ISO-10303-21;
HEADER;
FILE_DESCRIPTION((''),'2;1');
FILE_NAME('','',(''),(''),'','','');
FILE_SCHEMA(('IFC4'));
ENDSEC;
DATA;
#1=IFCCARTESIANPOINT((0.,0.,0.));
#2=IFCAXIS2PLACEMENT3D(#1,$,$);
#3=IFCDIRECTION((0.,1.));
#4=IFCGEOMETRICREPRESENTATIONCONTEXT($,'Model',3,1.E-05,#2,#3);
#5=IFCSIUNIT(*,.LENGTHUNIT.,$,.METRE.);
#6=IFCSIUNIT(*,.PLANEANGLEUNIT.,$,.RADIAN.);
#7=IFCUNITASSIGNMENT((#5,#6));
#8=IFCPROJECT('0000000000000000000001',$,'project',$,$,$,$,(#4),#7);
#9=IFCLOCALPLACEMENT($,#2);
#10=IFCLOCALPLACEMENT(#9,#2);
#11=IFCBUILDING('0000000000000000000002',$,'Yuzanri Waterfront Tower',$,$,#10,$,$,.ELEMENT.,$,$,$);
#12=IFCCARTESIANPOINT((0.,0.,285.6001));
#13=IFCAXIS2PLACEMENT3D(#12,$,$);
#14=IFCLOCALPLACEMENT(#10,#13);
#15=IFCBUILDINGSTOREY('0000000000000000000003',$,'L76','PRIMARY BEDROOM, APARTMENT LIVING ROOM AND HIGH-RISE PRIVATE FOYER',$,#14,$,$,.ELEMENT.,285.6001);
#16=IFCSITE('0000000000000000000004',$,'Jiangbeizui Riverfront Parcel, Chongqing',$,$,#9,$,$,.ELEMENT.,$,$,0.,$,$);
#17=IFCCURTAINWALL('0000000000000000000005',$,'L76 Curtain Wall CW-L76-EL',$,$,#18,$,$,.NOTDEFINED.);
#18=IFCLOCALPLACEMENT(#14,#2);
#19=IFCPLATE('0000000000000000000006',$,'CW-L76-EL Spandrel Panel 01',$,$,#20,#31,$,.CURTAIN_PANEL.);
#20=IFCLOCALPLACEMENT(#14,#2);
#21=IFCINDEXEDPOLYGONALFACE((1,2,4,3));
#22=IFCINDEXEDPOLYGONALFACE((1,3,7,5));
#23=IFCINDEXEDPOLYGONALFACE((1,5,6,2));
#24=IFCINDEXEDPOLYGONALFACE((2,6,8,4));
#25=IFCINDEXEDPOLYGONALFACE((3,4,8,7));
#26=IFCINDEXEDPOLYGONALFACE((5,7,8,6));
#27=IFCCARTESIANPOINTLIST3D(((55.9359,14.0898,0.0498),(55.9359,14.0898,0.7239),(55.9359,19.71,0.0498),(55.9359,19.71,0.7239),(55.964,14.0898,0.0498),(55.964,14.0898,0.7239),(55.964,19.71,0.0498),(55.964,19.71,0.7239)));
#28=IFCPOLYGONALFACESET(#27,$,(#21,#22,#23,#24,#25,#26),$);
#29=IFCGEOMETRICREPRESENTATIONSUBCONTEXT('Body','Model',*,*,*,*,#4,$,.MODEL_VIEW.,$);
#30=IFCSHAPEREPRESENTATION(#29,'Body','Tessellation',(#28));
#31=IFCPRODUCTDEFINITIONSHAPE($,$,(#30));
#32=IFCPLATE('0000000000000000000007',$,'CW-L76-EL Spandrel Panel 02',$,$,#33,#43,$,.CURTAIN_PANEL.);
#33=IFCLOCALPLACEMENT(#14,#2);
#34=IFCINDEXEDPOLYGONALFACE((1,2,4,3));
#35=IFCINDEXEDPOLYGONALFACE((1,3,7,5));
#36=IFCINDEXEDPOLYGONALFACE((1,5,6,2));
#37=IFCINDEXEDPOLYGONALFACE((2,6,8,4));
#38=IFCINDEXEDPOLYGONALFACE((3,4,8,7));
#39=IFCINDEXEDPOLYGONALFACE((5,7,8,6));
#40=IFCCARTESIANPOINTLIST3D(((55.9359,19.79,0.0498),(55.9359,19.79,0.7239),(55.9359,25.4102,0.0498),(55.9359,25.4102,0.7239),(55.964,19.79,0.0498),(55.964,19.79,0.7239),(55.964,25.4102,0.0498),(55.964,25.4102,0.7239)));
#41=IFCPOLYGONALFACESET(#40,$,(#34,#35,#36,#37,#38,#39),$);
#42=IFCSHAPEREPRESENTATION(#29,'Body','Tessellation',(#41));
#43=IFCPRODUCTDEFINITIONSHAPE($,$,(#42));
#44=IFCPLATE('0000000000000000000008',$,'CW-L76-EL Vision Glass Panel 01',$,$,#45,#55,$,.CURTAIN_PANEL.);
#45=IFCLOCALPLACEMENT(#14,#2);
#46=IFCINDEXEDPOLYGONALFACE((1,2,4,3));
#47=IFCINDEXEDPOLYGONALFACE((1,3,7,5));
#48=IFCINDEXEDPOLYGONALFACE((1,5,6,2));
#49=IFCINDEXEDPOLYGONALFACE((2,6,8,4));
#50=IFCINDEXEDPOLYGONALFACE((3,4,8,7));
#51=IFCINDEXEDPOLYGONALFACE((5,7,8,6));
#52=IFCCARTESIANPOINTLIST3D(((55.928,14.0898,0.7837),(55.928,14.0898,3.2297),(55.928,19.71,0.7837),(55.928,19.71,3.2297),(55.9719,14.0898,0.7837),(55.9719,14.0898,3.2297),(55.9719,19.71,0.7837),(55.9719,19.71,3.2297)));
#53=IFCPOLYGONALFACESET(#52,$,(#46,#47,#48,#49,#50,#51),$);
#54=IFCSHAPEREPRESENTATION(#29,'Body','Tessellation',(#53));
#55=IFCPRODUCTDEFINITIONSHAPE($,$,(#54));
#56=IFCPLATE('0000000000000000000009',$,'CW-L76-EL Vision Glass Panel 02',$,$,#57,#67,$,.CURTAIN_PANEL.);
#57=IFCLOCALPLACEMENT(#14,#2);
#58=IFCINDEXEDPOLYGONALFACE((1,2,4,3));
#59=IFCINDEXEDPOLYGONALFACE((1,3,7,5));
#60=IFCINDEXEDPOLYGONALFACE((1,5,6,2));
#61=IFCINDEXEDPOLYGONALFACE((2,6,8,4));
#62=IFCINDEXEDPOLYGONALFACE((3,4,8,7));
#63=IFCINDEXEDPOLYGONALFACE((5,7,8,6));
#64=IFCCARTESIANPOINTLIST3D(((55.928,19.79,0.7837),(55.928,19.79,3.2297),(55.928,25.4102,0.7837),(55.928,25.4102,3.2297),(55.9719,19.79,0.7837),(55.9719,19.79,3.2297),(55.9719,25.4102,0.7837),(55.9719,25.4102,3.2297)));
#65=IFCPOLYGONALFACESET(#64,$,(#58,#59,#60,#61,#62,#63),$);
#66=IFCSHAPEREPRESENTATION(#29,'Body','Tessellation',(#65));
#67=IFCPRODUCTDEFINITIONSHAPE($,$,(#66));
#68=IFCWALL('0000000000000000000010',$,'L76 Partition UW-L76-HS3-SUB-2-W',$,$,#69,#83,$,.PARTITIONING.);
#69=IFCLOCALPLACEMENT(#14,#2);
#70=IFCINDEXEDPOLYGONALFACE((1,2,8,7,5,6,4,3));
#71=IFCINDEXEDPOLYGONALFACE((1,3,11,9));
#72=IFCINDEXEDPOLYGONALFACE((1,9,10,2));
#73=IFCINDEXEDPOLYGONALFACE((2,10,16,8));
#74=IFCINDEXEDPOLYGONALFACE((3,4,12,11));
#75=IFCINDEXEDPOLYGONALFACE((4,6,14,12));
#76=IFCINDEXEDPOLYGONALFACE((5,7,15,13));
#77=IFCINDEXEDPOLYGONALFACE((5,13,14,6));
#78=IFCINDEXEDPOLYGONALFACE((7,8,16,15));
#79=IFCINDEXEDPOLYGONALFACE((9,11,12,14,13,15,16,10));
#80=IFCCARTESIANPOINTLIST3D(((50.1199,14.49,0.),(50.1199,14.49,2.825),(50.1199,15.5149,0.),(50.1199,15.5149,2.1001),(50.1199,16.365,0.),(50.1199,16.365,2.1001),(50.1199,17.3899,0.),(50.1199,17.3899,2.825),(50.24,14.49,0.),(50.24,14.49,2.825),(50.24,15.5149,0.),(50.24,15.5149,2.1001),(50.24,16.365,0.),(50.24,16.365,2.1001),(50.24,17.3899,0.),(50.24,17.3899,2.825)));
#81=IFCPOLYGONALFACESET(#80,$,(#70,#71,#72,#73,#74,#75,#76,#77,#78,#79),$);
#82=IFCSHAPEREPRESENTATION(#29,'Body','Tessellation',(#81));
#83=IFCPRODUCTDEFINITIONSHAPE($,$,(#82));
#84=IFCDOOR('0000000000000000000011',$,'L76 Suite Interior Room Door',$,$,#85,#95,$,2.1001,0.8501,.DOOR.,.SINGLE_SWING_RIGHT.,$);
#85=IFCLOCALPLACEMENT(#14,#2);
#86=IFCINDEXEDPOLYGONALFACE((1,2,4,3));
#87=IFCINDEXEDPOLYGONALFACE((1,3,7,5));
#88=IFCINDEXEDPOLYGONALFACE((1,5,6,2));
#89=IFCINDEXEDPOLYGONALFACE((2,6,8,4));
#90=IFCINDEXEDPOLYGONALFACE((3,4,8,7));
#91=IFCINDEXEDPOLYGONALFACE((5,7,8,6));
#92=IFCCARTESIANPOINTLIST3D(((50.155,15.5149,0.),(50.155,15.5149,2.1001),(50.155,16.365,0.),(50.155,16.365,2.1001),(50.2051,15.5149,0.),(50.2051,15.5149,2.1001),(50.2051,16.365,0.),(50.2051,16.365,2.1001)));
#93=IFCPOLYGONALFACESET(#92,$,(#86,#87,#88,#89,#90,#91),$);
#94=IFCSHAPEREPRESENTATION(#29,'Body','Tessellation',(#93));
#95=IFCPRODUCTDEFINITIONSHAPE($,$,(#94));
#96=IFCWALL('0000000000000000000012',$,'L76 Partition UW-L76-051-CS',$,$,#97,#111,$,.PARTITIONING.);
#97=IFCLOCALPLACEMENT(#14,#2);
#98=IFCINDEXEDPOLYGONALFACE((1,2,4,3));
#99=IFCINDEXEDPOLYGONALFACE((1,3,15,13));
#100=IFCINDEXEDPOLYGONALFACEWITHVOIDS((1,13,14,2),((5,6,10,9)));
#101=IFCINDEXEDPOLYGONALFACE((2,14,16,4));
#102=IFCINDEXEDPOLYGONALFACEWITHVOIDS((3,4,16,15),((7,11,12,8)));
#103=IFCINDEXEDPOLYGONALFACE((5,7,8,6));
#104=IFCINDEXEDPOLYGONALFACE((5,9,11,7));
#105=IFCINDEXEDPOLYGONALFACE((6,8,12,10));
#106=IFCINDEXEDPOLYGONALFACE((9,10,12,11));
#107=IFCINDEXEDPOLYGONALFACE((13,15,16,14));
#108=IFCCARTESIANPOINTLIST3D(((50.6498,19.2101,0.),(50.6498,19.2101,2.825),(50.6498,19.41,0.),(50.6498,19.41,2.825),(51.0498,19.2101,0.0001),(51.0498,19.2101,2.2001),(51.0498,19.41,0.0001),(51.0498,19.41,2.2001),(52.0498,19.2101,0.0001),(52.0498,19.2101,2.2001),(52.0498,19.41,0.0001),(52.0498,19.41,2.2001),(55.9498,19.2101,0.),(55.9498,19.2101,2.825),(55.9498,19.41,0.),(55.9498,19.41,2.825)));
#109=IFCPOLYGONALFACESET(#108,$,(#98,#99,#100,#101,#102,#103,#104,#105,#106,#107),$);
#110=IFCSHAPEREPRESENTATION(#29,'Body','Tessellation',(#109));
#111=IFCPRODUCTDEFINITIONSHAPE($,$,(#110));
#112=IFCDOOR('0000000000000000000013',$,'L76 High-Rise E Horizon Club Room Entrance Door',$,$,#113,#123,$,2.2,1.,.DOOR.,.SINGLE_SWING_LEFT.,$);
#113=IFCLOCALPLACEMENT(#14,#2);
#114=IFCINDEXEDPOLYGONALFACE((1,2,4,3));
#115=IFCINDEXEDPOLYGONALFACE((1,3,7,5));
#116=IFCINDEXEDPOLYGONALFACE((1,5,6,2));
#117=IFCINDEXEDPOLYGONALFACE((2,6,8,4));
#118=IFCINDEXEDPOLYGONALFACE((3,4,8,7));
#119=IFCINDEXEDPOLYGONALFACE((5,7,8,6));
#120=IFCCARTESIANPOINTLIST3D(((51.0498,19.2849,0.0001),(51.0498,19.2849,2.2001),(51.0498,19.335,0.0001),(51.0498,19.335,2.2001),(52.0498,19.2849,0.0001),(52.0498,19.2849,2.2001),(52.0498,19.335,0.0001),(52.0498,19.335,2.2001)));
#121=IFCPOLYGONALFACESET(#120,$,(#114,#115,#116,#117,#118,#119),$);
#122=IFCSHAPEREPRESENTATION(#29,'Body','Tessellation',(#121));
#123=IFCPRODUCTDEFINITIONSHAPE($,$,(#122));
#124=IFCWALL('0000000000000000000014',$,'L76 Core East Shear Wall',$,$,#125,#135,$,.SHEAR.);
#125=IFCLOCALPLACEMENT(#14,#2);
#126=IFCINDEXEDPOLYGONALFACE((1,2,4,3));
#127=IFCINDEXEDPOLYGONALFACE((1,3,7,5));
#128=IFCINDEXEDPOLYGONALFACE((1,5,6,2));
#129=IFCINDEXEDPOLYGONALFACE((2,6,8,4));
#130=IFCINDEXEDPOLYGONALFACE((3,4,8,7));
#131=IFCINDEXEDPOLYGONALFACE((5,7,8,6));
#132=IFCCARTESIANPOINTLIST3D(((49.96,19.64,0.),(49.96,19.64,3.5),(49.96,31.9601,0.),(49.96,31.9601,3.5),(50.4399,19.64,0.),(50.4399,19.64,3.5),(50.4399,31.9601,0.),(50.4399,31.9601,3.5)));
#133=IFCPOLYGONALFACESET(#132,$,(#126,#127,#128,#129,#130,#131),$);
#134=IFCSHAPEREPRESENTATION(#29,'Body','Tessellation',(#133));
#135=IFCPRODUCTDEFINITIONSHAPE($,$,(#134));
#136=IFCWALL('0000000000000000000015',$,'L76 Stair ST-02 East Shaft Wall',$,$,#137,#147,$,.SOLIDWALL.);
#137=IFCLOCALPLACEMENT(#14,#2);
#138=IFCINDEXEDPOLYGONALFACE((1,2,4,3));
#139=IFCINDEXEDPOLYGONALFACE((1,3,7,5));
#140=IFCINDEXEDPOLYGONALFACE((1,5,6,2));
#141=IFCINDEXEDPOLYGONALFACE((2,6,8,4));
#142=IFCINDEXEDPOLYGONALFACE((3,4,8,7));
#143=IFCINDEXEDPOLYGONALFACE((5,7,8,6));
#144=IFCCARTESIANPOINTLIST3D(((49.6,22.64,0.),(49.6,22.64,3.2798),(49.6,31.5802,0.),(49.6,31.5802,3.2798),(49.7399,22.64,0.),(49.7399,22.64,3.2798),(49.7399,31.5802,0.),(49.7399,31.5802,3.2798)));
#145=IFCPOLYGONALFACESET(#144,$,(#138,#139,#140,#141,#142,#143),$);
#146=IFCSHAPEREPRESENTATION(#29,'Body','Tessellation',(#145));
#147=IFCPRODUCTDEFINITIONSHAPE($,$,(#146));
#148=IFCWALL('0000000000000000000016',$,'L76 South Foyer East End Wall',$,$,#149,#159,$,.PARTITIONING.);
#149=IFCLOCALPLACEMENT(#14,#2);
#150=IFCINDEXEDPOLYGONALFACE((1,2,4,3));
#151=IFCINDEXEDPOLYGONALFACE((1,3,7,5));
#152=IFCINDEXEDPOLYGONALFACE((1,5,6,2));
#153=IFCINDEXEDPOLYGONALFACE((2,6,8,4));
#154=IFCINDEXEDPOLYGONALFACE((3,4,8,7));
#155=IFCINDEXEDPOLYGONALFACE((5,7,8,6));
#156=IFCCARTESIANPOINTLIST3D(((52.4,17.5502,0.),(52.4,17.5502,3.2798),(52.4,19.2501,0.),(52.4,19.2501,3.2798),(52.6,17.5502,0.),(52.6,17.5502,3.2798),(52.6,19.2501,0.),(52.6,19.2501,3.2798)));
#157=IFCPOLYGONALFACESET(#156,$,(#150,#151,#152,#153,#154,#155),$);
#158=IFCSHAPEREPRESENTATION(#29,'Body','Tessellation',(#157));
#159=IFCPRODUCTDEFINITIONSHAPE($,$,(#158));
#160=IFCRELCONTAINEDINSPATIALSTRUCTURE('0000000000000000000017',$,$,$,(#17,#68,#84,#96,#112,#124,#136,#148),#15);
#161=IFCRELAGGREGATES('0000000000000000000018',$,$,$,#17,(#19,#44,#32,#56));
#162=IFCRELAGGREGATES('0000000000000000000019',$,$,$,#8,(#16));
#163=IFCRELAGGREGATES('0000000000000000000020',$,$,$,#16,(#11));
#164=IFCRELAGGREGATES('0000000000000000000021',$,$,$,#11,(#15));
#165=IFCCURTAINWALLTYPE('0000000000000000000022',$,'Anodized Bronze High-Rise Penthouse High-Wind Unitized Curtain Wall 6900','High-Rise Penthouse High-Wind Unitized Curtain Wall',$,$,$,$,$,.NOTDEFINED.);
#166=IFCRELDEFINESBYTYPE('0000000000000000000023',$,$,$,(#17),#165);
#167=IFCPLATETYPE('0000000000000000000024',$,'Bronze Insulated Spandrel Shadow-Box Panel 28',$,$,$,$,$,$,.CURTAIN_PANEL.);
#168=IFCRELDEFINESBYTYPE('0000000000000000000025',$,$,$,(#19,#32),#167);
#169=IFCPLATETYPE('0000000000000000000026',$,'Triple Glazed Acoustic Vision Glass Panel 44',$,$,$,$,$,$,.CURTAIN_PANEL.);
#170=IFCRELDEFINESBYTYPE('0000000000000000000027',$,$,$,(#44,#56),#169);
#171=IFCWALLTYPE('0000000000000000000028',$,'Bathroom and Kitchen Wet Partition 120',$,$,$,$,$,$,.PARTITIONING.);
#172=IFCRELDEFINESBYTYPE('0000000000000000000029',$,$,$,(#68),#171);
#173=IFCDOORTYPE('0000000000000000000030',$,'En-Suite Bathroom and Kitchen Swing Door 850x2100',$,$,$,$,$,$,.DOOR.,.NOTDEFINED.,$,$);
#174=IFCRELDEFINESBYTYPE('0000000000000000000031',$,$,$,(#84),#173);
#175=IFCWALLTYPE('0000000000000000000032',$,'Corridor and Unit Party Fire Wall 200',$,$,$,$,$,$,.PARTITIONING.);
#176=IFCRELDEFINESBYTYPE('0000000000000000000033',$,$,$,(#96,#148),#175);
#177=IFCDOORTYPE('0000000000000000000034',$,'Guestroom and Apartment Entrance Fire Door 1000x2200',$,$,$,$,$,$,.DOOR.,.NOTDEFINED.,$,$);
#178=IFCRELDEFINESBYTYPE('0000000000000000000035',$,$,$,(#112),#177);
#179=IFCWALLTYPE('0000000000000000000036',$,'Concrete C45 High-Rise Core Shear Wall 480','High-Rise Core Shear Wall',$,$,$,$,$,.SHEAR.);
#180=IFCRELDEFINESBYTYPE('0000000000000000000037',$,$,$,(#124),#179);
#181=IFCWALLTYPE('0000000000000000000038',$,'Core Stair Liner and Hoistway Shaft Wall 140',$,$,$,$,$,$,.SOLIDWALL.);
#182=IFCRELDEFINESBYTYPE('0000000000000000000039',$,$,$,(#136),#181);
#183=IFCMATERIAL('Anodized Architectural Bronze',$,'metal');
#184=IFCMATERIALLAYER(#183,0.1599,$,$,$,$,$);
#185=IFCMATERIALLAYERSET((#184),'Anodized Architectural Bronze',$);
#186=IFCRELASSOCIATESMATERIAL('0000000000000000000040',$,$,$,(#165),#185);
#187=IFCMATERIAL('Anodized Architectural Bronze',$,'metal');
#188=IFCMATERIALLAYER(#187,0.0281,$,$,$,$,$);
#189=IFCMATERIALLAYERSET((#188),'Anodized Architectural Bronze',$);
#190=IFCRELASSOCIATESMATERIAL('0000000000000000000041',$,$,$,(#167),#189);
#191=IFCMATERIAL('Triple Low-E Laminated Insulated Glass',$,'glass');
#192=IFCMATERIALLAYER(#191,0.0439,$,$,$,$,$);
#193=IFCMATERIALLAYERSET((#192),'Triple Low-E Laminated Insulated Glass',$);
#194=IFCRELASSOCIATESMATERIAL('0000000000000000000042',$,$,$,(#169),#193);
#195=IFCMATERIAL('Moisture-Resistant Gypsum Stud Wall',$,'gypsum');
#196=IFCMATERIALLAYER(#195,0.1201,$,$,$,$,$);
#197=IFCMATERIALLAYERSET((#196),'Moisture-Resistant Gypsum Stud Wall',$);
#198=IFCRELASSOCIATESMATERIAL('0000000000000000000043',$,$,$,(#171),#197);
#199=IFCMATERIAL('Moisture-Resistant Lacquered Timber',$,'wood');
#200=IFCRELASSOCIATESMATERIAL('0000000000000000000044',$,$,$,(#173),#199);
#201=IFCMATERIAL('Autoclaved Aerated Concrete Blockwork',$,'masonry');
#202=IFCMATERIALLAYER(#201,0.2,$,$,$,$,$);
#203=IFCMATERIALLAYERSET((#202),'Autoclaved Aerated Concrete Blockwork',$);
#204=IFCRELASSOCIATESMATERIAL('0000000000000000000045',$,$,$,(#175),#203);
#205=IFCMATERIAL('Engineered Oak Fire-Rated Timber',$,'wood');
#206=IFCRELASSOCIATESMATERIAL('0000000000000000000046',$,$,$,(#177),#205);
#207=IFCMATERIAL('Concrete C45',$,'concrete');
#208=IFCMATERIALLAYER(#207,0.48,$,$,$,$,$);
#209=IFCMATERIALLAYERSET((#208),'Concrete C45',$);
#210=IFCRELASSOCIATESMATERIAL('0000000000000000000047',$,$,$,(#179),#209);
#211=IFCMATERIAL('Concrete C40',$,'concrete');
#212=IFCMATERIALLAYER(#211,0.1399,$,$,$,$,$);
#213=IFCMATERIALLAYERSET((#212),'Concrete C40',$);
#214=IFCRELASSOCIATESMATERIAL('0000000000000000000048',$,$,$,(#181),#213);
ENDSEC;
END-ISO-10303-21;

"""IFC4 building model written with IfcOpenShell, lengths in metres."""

from ifc_helpers import new_model, si_unit, direction, frame, frame_2d, origin, origin_2d, place, context, subcontext, project, spatial, rectangle, extrude, source, transform, mapped, material, layer, layer_set, type_object, element, fill, aggregate, save


model = new_model("IFC4")

# Units and contexts
model_context = context("Model", 3, precision=1e-05, world=origin(), true_north=direction((0.0, 1.0)))
body_context = subcontext(model_context, "Body", "Model", "MODEL_VIEW")
ifc_project = project(units=[si_unit("LENGTHUNIT", "METRE"), si_unit("PLANEANGLEUNIT", "RADIAN")], contexts=[model_context])

# Site, building, storey
site_placement = place(None, origin())
site = spatial("IfcSite", under=ifc_project, at=site_placement, Name="Jiangbeizui Riverfront Parcel, Chongqing", CompositionType="ELEMENT", RefElevation=0.0)
building_placement = place(site_placement, origin())
building = spatial("IfcBuilding", under=site, at=building_placement, Name="Yuzanri Waterfront Tower", CompositionType="ELEMENT")
storey_placement = place(building_placement, frame((0.0, 0.0, 285.6001)))
storey = spatial("IfcBuildingStorey", under=building, at=storey_placement, Name="L76", Description="PRIMARY BEDROOM, APARTMENT LIVING ROOM AND HIGH-RISE PRIVATE FOYER", CompositionType="ELEMENT", Elevation=285.6001)

# Curtain wall, plates
ifc_material_1 = material(Name="Anodized Architectural Bronze", Category="metal")
ifc_layer_1 = layer(ifc_material_1, 0.1599)
ifc_layer_set_1 = layer_set([ifc_layer_1], Name="Anodized Architectural Bronze")
curtain_wall_type = type_object("IfcCurtainWallType", Name="Anodized Bronze High-Rise Penthouse High-Wind Unitized Curtain Wall 6900", Description="High-Rise Penthouse High-Wind Unitized Curtain Wall", PredefinedType="NOTDEFINED", material=ifc_layer_set_1)
curtain_wall_placement = place(storey_placement, origin())
curtain_wall = element("IfcCurtainWall", 1, at=curtain_wall_placement, inside=storey, type_object=curtain_wall_type, Name="L76 Curtain Wall CW-L76-EL", PredefinedType="NOTDEFINED")
ifc_material_2 = material(Name="Anodized Architectural Bronze", Category="metal")
ifc_layer_2 = layer(ifc_material_2, 0.0281)
ifc_layer_set_2 = layer_set([ifc_layer_2], Name="Anodized Architectural Bronze")
plate_type_1 = type_object("IfcPlateType", Name="Bronze Insulated Spandrel Shadow-Box Panel 28", PredefinedType="CURTAIN_PANEL", material=ifc_layer_set_2)
shared_shape_1 = source(origin(), body_context, "Body", "SweptSolid", [
    extrude(rectangle(XDim=5.6201, YDim=0.0281, at=origin_2d()), origin(), (0.0, 0.0, 1.0), 0.6741),
])
plate_1_placement = place(storey_placement, frame((55.95, 16.8999, 0.0498), z_axis=(0.0, 0.0, 1.0), x_axis=(0.0, 1.0, 0.0)))
plate_1 = element("IfcPlate", 2, at=plate_1_placement, type_object=plate_type_1, Name="CW-L76-EL Spandrel Panel 01", PredefinedType="CURTAIN_PANEL", context=body_context, shape_type="MappedRepresentation", body=[
    mapped(shared_shape_1, transform((0.0, 0.0, 0.0), scale=1.0)),
])
plate_2_placement = place(storey_placement, frame((55.95, 22.6001, 0.0498), z_axis=(0.0, 0.0, 1.0), x_axis=(0.0, 1.0, 0.0)))
plate_2 = element("IfcPlate", 3, at=plate_2_placement, type_object=plate_type_1, Name="CW-L76-EL Spandrel Panel 02", PredefinedType="CURTAIN_PANEL", context=body_context, shape_type="MappedRepresentation", body=[
    mapped(shared_shape_1, transform((0.0, 0.0, 0.0), scale=1.0)),
])
ifc_material_3 = material(Name="Triple Low-E Laminated Insulated Glass", Category="glass")
ifc_layer_3 = layer(ifc_material_3, 0.0439)
ifc_layer_set_3 = layer_set([ifc_layer_3], Name="Triple Low-E Laminated Insulated Glass")
plate_type_2 = type_object("IfcPlateType", Name="Triple Glazed Acoustic Vision Glass Panel 44", PredefinedType="CURTAIN_PANEL", material=ifc_layer_set_3)
shared_shape_2 = source(origin(), body_context, "Body", "SweptSolid", [
    extrude(rectangle(XDim=5.6201, YDim=0.0439, at=origin_2d()), origin(), (0.0, 0.0, 1.0), 2.446),
])
plate_3_placement = place(storey_placement, frame((55.95, 16.8999, 0.7837), z_axis=(0.0, 0.0, 1.0), x_axis=(0.0, 1.0, 0.0)))
plate_3 = element("IfcPlate", 4, at=plate_3_placement, type_object=plate_type_2, Name="CW-L76-EL Vision Glass Panel 01", PredefinedType="CURTAIN_PANEL", context=body_context, shape_type="MappedRepresentation", body=[
    mapped(shared_shape_2, transform((0.0, 0.0, 0.0), scale=1.0)),
])
plate_4_placement = place(storey_placement, frame((55.95, 22.6001, 0.7837), z_axis=(0.0, 0.0, 1.0), x_axis=(0.0, 1.0, 0.0)))
plate_4 = element("IfcPlate", 5, at=plate_4_placement, type_object=plate_type_2, Name="CW-L76-EL Vision Glass Panel 02", PredefinedType="CURTAIN_PANEL", context=body_context, shape_type="MappedRepresentation", body=[
    mapped(shared_shape_2, transform((0.0, 0.0, 0.0), scale=1.0)),
])
aggregate(curtain_wall, [plate_1, plate_3, plate_2, plate_4])

# Walls, openings, doors
ifc_material_4 = material(Name="Moisture-Resistant Gypsum Stud Wall", Category="gypsum")
ifc_layer_4 = layer(ifc_material_4, 0.1201)
ifc_layer_set_4 = layer_set([ifc_layer_4], Name="Moisture-Resistant Gypsum Stud Wall")
wall_type_1 = type_object("IfcWallType", Name="Bathroom and Kitchen Wet Partition 120", PredefinedType="PARTITIONING", material=ifc_layer_set_4)
wall_1_placement = place(storey_placement, frame((50.1799, 14.49, 0.0), z_axis=(0.0, 0.0, 1.0), x_axis=(0.0, 1.0, 0.0)))
wall_1 = element("IfcWall", 6, at=wall_1_placement, inside=storey, type_object=wall_type_1, Name="L76 Partition UW-L76-HS3-SUB-2-W", PredefinedType="PARTITIONING", context=body_context, shape_type="SweptSolid", body=[
    extrude(rectangle(XDim=2.8999, YDim=0.1201, at=frame_2d((1.45, 0.0))), origin(), (0.0, 0.0, 1.0), 2.825),
])
opening_1_placement = place(wall_1_placement, frame((1.0249, 0.0, 0.0)))
opening_1 = element("IfcOpeningElement", 7, at=opening_1_placement, cuts=wall_1, PredefinedType="OPENING", context=body_context, shape_type="SweptSolid", body=[
    extrude(rectangle(XDim=0.8501, YDim=2.1001, at=frame_2d((0.425, 1.05))), frame((0.0, 0.075, 0.0), z_axis=(0.0, -1.0, 0.0), x_axis=(1.0, 0.0, 0.0)), (0.0, 0.0, 1.0), 0.1499),
])
ifc_material_5 = material(Name="Moisture-Resistant Lacquered Timber", Category="wood")
door_type_1 = type_object("IfcDoorType", Name="En-Suite Bathroom and Kitchen Swing Door 850x2100", OperationType="NOTDEFINED", PredefinedType="DOOR", material=ifc_material_5)
shared_shape_3 = source(origin(), body_context, "Body", "SweptSolid", [
    extrude(rectangle(XDim=0.8501, YDim=2.1001, at=frame_2d((0.425, 1.05))), frame((0.0, 0.0249, 0.0), z_axis=(0.0, -1.0, 0.0), x_axis=(1.0, 0.0, 0.0)), (0.0, 0.0, 1.0), 0.05),
])
door_1_placement = place(opening_1_placement, origin())
door_1 = element("IfcDoor", 8, at=door_1_placement, inside=storey, type_object=door_type_1, Name="L76 Suite Interior Room Door", OperationType="SINGLE_SWING_RIGHT", OverallHeight=2.1001, OverallWidth=0.8501, PredefinedType="DOOR", context=body_context, shape_type="MappedRepresentation", body=[
    mapped(shared_shape_3, transform((0.0, 0.0, 0.0), scale=1.0)),
])
fill(opening_1, door_1)
ifc_material_6 = material(Name="Autoclaved Aerated Concrete Blockwork", Category="masonry")
ifc_layer_5 = layer(ifc_material_6, 0.2)
ifc_layer_set_5 = layer_set([ifc_layer_5], Name="Autoclaved Aerated Concrete Blockwork")
wall_type_2 = type_object("IfcWallType", Name="Corridor and Unit Party Fire Wall 200", PredefinedType="PARTITIONING", material=ifc_layer_set_5)
wall_2_placement = place(storey_placement, frame((50.6499, 19.3101, 0.0), z_axis=(0.0, 0.0, 1.0), x_axis=(1.0, 0.0, 0.0)))
wall_2 = element("IfcWall", 9, at=wall_2_placement, inside=storey, type_object=wall_type_2, Name="L76 Partition UW-L76-051-CS", PredefinedType="PARTITIONING", context=body_context, shape_type="SweptSolid", body=[
    extrude(rectangle(XDim=5.3, YDim=0.2, at=frame_2d((2.6499, 0.0))), origin(), (0.0, 0.0, 1.0), 2.825),
])
opening_2_placement = place(wall_2_placement, frame((0.3999, 0.0, 0.0)))
opening_2 = element("IfcOpeningElement", 10, at=opening_2_placement, cuts=wall_2, PredefinedType="OPENING", context=body_context, shape_type="SweptSolid", body=[
    extrude(rectangle(XDim=1.0, YDim=2.2, at=frame_2d((0.5, 1.1001))), frame((0.0, 0.1147, 0.0), z_axis=(0.0, -1.0, 0.0), x_axis=(1.0, 0.0, 0.0)), (0.0, 0.0, 1.0), 0.2297),
])
ifc_material_7 = material(Name="Engineered Oak Fire-Rated Timber", Category="wood")
door_type_2 = type_object("IfcDoorType", Name="Guestroom and Apartment Entrance Fire Door 1000x2200", OperationType="NOTDEFINED", PredefinedType="DOOR", material=ifc_material_7)
shared_shape_4 = source(origin(), body_context, "Body", "SweptSolid", [
    extrude(rectangle(XDim=1.0, YDim=2.2, at=frame_2d((0.5, 1.1001))), frame((0.0, 0.0249, 0.0), z_axis=(0.0, -1.0, 0.0), x_axis=(1.0, 0.0, 0.0)), (0.0, 0.0, 1.0), 0.05),
])
door_2_placement = place(opening_2_placement, origin())
door_2 = element("IfcDoor", 11, at=door_2_placement, inside=storey, type_object=door_type_2, Name="L76 High-Rise E Horizon Club Room Entrance Door", OperationType="SINGLE_SWING_LEFT", OverallHeight=2.2, OverallWidth=1.0, PredefinedType="DOOR", context=body_context, shape_type="MappedRepresentation", body=[
    mapped(shared_shape_4, transform((0.0, 0.0, 0.0), scale=1.0)),
])
fill(opening_2, door_2)

# Walls
ifc_material_8 = material(Name="Concrete C45", Category="concrete")
ifc_layer_6 = layer(ifc_material_8, 0.48)
ifc_layer_set_6 = layer_set([ifc_layer_6], Name="Concrete C45")
wall_type_3 = type_object("IfcWallType", Name="Concrete C45 High-Rise Core Shear Wall 480", Description="High-Rise Core Shear Wall", PredefinedType="SHEAR", material=ifc_layer_set_6)
shared_shape_5 = source(origin(), body_context, "Body", "SweptSolid", [
    extrude(rectangle(XDim=12.3201, YDim=0.48, at=frame_2d((6.1602, 0.0))), origin(), (0.0, 0.0, 1.0), 3.5),
])
wall_3_placement = place(storey_placement, frame((50.2, 19.6399, 0.0), z_axis=(0.0, 0.0, 1.0), x_axis=(0.0, 1.0, 0.0)))
element("IfcWall", 12, at=wall_3_placement, inside=storey, type_object=wall_type_3, Name="L76 Core East Shear Wall", PredefinedType="SHEAR", context=body_context, shape_type="MappedRepresentation", body=[
    mapped(shared_shape_5, transform((0.0, 0.0, 0.0), scale=1.0)),
])
ifc_material_9 = material(Name="Concrete C40", Category="concrete")
ifc_layer_7 = layer(ifc_material_9, 0.1399)
ifc_layer_set_7 = layer_set([ifc_layer_7], Name="Concrete C40")
wall_type_4 = type_object("IfcWallType", Name="Core Stair Liner and Hoistway Shaft Wall 140", PredefinedType="SOLIDWALL", material=ifc_layer_set_7)
shared_shape_6 = source(origin(), body_context, "Body", "SweptSolid", [
    extrude(rectangle(XDim=8.9402, YDim=0.1399, at=frame_2d((4.4702, 0.0))), origin(), (0.0, 0.0, 1.0), 3.2798),
])
wall_4_placement = place(storey_placement, frame((49.6699, 22.6399, 0.0), z_axis=(0.0, 0.0, 1.0), x_axis=(0.0, 1.0, 0.0)))
element("IfcWall", 13, at=wall_4_placement, inside=storey, type_object=wall_type_4, Name="L76 Stair ST-02 East Shaft Wall", PredefinedType="SOLIDWALL", context=body_context, shape_type="MappedRepresentation", body=[
    mapped(shared_shape_6, transform((0.0, 0.0, 0.0), scale=1.0)),
])
shared_shape_7 = source(origin(), body_context, "Body", "SweptSolid", [
    extrude(rectangle(XDim=1.7, YDim=0.2, at=frame_2d((0.8501, 0.0))), origin(), (0.0, 0.0, 1.0), 3.2798),
])
wall_5_placement = place(storey_placement, frame((52.5, 17.55, 0.0), z_axis=(0.0, 0.0, 1.0), x_axis=(0.0, 1.0, 0.0)))
element("IfcWall", 14, at=wall_5_placement, inside=storey, type_object=wall_type_2, Name="L76 South Foyer East End Wall", PredefinedType="PARTITIONING", context=body_context, shape_type="MappedRepresentation", body=[
    mapped(shared_shape_7, transform((0.0, 0.0, 0.0), scale=1.0)),
])

save(model, "model.ifc")
